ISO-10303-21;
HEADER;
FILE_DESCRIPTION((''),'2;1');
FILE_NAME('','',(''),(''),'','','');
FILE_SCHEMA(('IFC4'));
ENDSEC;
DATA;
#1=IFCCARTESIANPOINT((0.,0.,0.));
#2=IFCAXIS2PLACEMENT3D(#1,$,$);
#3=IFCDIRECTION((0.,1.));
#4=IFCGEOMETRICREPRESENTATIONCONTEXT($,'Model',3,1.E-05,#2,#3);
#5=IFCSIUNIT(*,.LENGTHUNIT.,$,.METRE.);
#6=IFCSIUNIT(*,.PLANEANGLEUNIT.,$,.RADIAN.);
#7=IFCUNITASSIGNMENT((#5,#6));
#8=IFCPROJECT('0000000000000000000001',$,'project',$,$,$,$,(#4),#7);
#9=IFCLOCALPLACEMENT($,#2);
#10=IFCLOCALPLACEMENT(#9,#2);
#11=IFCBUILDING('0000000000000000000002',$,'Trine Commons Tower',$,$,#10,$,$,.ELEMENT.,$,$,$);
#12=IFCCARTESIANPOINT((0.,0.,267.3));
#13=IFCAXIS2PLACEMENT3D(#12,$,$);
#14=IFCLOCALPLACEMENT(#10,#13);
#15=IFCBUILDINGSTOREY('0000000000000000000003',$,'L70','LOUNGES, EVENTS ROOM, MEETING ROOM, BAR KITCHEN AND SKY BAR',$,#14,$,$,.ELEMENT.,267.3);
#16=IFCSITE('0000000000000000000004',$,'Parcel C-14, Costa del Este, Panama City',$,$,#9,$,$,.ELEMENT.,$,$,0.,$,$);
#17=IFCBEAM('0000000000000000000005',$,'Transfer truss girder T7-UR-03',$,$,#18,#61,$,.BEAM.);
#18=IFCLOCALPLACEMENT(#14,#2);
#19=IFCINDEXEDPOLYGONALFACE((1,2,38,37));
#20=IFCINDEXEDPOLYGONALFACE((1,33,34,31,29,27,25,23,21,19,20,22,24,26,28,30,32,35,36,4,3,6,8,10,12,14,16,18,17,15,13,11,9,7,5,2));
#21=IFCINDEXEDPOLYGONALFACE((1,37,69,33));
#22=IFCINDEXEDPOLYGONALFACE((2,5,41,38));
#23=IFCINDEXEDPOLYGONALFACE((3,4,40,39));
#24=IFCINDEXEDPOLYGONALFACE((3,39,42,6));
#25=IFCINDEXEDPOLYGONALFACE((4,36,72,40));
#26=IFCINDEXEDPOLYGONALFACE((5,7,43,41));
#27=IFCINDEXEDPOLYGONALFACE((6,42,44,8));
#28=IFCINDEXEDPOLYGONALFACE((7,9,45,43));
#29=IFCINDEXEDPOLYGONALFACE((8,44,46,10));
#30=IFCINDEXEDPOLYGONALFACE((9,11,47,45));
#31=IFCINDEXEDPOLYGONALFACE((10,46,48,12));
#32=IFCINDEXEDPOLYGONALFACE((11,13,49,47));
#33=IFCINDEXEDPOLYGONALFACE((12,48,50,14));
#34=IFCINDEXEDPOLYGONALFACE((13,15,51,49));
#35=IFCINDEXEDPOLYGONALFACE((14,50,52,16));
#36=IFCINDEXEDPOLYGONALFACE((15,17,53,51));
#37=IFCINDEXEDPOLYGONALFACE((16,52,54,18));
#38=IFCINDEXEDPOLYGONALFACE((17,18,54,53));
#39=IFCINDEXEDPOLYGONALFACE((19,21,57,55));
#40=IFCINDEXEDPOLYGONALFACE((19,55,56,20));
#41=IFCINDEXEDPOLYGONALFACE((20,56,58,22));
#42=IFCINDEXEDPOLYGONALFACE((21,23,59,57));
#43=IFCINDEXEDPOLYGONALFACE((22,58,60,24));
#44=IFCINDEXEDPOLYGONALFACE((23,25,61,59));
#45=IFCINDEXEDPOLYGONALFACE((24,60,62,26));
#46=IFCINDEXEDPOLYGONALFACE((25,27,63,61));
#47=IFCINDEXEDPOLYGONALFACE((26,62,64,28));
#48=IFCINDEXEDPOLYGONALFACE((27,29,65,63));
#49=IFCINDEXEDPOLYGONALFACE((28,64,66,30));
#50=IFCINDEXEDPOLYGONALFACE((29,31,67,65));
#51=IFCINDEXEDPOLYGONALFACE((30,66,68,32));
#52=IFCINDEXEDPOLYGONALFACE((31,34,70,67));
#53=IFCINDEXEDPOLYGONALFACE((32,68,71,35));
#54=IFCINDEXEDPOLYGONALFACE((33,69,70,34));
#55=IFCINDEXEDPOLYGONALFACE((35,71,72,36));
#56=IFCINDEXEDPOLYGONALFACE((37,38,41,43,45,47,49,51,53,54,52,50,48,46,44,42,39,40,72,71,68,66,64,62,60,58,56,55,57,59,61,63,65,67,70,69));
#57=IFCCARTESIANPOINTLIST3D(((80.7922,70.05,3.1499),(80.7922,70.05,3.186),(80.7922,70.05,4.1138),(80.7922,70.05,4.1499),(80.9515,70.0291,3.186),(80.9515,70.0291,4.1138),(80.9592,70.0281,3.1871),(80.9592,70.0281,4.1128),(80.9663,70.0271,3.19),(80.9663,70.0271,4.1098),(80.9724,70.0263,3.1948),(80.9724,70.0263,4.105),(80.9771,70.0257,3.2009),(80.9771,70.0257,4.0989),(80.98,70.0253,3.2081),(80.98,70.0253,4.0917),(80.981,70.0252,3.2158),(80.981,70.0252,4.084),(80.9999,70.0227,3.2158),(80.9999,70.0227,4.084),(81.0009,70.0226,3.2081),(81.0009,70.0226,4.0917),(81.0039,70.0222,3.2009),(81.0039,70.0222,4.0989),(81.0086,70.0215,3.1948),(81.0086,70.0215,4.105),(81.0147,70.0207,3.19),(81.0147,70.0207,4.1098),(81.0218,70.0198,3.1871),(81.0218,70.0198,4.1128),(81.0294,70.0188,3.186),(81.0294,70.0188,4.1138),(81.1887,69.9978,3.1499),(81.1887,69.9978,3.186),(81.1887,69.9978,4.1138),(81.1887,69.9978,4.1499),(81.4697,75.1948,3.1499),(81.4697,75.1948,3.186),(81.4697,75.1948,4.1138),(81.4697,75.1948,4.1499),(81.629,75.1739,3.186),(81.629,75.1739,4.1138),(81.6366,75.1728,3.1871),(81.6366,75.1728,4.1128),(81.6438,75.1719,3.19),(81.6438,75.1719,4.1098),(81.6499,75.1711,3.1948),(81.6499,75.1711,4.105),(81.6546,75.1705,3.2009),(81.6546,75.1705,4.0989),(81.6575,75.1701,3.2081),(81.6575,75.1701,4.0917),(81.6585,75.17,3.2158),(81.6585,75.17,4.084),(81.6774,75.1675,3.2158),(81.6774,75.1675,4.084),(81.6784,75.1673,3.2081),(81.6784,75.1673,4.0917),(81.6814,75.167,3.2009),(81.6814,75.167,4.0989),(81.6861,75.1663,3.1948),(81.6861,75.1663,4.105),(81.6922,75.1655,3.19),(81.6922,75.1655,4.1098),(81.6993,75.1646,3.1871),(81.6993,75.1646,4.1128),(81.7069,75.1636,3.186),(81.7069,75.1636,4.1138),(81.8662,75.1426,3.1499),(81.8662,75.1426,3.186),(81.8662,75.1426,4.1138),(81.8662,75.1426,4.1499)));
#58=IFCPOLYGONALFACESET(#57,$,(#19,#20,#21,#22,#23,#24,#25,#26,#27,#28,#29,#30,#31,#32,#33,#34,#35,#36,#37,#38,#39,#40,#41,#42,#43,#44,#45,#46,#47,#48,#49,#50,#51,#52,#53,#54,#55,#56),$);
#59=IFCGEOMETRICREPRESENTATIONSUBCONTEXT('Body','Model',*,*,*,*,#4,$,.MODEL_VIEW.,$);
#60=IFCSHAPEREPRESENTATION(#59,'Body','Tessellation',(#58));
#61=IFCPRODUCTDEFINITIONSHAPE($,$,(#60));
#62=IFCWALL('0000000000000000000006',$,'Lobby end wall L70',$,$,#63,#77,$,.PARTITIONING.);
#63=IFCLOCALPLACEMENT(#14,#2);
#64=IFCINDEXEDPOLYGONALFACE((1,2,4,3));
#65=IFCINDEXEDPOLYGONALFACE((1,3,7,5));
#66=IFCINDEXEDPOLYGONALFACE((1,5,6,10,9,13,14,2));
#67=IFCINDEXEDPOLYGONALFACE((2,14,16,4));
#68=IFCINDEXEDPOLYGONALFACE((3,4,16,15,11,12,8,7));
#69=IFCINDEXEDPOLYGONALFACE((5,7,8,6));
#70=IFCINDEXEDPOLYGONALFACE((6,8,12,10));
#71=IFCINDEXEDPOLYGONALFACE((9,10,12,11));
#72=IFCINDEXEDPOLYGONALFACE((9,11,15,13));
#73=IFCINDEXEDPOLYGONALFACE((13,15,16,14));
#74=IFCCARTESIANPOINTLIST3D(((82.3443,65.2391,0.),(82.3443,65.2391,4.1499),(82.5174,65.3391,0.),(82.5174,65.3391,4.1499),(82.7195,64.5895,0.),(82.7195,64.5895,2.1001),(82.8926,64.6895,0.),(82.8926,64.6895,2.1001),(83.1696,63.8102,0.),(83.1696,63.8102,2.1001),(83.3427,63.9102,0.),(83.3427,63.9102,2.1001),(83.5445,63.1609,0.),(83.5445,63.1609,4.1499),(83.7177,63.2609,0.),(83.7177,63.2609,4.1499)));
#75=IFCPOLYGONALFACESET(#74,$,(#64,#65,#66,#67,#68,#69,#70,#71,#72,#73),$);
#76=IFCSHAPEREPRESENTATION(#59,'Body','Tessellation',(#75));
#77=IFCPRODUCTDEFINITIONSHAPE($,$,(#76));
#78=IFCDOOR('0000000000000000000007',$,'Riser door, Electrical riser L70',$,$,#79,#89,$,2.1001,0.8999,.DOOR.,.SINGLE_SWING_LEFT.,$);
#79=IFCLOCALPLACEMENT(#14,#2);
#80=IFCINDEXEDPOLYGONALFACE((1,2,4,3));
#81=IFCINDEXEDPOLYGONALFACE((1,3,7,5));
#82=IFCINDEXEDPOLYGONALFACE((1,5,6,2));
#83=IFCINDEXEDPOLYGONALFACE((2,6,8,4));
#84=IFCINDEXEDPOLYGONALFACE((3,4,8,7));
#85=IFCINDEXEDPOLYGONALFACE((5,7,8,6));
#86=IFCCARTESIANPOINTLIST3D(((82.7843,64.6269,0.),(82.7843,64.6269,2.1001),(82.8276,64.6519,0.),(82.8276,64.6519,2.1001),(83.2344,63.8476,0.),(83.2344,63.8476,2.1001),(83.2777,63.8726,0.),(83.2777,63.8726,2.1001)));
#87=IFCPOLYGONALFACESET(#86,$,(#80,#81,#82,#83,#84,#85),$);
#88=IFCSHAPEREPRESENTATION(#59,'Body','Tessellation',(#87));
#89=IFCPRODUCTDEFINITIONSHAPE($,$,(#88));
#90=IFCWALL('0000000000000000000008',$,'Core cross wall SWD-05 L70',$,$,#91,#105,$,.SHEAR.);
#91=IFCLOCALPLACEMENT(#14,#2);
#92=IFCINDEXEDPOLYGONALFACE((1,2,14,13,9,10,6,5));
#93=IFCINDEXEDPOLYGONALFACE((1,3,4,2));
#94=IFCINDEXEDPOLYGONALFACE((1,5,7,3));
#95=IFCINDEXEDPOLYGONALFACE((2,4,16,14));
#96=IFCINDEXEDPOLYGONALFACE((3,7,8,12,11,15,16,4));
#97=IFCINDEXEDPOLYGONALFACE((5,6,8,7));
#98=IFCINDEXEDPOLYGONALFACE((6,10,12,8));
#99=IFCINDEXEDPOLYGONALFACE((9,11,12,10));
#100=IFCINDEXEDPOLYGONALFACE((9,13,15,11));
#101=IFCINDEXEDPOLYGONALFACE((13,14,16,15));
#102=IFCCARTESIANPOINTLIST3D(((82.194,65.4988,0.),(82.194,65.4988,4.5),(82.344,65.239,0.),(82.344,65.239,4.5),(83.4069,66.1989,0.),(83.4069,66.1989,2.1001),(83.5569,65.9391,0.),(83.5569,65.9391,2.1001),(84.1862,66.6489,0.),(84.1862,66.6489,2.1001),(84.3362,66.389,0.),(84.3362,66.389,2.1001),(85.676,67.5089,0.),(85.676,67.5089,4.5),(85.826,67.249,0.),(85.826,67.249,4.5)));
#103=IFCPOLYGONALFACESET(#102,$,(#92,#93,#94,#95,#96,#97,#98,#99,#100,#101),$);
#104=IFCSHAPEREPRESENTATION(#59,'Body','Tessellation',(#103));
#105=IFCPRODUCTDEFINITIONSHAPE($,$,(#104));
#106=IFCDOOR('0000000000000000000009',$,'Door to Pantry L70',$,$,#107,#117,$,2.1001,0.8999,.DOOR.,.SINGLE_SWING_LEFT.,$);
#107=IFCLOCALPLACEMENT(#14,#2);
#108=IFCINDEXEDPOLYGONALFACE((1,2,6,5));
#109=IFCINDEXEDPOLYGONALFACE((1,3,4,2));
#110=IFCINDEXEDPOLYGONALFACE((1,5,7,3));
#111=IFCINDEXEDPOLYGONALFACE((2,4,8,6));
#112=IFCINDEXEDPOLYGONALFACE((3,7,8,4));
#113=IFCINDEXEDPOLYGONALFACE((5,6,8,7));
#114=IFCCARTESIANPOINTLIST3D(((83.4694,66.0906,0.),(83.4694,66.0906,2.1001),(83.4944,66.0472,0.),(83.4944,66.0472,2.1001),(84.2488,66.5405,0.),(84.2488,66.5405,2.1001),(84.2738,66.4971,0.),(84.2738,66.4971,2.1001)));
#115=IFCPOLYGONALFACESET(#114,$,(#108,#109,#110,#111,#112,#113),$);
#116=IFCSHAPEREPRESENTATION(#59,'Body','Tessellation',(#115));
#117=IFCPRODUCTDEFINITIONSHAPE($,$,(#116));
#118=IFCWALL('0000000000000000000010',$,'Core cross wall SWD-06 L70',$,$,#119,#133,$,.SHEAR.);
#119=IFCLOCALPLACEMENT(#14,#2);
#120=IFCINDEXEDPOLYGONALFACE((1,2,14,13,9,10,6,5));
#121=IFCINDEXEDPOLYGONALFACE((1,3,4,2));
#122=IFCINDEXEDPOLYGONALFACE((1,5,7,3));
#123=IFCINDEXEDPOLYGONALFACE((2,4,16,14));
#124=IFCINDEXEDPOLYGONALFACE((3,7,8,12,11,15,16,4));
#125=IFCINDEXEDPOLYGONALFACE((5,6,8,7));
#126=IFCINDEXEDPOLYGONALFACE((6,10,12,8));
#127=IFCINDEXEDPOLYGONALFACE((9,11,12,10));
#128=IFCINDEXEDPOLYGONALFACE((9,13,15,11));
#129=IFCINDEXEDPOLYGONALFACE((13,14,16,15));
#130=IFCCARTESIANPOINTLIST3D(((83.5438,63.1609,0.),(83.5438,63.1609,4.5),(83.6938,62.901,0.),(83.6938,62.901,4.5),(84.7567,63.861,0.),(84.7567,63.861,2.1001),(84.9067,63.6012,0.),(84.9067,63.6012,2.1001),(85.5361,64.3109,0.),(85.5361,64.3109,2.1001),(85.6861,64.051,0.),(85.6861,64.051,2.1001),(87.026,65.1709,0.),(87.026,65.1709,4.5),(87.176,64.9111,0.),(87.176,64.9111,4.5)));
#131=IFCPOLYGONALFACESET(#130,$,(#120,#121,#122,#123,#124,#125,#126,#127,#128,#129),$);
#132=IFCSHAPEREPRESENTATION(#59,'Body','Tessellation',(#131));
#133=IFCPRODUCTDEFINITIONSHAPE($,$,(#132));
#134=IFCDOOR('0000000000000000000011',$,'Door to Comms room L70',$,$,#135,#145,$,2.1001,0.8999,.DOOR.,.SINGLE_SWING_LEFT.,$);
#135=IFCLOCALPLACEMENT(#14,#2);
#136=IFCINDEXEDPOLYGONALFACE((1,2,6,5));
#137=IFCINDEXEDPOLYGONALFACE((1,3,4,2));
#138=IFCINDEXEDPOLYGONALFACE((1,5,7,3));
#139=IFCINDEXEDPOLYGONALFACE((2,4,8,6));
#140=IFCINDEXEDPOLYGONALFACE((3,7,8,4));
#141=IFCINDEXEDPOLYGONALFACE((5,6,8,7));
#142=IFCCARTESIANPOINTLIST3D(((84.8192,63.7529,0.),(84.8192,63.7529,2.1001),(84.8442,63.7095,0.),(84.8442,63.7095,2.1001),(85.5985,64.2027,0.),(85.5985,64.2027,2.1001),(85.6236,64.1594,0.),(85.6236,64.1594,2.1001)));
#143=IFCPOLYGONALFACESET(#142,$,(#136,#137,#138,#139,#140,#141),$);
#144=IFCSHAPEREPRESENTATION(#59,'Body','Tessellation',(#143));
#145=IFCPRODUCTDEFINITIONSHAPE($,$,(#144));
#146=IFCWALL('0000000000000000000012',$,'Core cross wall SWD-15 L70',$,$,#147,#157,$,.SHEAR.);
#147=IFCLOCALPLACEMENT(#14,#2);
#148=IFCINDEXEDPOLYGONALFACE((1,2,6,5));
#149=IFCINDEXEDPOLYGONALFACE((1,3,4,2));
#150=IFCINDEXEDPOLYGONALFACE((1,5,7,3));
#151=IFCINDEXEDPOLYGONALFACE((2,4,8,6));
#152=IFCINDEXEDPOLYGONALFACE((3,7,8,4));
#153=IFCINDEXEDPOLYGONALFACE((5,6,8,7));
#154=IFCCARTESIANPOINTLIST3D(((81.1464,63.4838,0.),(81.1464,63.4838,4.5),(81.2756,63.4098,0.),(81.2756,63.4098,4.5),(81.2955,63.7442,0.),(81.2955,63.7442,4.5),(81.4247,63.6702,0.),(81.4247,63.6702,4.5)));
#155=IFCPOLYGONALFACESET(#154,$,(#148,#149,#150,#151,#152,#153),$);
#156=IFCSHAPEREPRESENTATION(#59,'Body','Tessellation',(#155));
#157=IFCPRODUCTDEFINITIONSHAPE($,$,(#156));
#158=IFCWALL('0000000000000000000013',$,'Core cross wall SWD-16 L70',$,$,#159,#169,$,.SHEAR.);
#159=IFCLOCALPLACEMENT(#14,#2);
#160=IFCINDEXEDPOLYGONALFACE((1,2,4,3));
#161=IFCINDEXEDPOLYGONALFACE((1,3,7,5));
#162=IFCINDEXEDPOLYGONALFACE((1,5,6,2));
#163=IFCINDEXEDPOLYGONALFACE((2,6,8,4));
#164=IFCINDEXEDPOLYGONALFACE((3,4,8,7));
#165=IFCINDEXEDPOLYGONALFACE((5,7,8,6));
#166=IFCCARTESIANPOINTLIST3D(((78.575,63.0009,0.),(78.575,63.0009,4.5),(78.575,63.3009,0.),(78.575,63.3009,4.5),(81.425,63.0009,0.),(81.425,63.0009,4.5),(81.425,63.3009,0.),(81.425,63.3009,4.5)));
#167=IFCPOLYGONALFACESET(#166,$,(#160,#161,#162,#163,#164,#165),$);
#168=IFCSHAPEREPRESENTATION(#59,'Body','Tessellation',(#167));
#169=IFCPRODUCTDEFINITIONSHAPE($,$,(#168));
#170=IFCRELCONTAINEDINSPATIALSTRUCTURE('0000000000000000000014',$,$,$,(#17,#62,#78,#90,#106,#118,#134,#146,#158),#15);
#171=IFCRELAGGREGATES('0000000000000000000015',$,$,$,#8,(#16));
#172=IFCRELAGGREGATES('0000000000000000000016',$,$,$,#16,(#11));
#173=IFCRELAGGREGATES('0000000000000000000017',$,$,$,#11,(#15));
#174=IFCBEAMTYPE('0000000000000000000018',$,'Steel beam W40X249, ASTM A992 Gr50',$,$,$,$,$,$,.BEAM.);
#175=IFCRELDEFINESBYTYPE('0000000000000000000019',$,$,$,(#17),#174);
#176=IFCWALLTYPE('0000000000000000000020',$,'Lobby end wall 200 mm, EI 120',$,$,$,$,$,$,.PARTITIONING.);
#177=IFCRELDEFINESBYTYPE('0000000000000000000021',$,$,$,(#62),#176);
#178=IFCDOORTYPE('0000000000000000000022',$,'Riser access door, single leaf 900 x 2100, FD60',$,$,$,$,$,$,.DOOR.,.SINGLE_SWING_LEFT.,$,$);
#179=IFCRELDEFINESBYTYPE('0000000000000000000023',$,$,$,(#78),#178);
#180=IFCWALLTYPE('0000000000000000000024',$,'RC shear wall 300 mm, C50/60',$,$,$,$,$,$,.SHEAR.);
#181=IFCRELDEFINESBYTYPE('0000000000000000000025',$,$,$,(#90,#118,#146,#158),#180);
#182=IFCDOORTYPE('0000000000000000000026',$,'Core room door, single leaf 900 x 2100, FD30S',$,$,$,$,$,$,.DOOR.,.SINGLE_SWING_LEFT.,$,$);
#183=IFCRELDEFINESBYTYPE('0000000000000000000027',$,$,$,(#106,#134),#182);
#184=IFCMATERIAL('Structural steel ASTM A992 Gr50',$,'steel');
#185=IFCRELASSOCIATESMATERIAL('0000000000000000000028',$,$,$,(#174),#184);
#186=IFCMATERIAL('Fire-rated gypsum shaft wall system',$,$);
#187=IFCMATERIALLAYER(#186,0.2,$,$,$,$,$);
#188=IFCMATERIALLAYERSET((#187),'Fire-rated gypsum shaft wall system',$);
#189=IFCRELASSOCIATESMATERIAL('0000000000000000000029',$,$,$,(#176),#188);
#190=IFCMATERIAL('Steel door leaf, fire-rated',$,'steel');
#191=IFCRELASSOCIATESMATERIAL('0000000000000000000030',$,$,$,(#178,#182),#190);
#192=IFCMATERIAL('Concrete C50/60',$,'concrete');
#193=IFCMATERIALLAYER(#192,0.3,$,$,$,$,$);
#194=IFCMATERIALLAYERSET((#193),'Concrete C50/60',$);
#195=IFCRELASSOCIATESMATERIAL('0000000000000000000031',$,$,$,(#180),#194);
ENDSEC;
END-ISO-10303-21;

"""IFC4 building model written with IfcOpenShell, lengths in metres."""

from ifc_helpers import new_model, si_unit, direction, frame, frame_2d, origin, origin_2d, place, context, subcontext, project, spatial, rectangle, i_section, extrude, material, layer, layer_set, material_profile, profile_set, type_object, element, fill, save


model = new_model("IFC4")

# Units and contexts
model_context = context("Model", 3, precision=1e-05, world=origin(), true_north=direction((0.0, 1.0)))
body_context = subcontext(model_context, "Body", "Model", "MODEL_VIEW")
ifc_project = project(units=[si_unit("LENGTHUNIT", "METRE"), si_unit("PLANEANGLEUNIT", "RADIAN")], contexts=[model_context])

# Site, building, storey
site_placement = place(None, origin())
site = spatial("IfcSite", under=ifc_project, at=site_placement, Name="Parcel C-14, Costa del Este, Panama City", CompositionType="ELEMENT", RefElevation=0.0)
building_placement = place(site_placement, origin())
building = spatial("IfcBuilding", under=site, at=building_placement, Name="Trine Commons Tower", CompositionType="ELEMENT")
storey_placement = place(building_placement, frame((0.0, 0.0, 267.3)))
storey = spatial("IfcBuildingStorey", under=building, at=storey_placement, Name="L70", Description="LOUNGES, EVENTS ROOM, MEETING ROOM, BAR KITCHEN AND SKY BAR", CompositionType="ELEMENT", Elevation=267.3)

# Beam
ifc_material_1 = material(Name="Structural steel ASTM A992 Gr50", Category="steel")
ifc_material_profile = material_profile(ifc_material_1, i_section(OverallWidth=0.3999, OverallDepth=1.0, WebThickness=0.019, FlangeThickness=0.0361, FilletRadius=0.0298, at=origin_2d()), Name="W40X249")
ifc_profile_set = profile_set([ifc_material_profile], Name="Structural steel ASTM A992 Gr50")
beam_type = type_object("IfcBeamType", Name="Steel beam W40X249, ASTM A992 Gr50", PredefinedType="BEAM", material=ifc_profile_set)
beam_placement = place(storey_placement, frame((80.9905, 70.0239, 3.6499), z_axis=(0.130558, 0.991441, 0.0), x_axis=(-0.991441, 0.130558, 0.0)))
element("IfcBeam", 1, at=beam_placement, inside=storey, type_object=beam_type, Name="Transfer truss girder T7-UR-03", PredefinedType="BEAM", context=body_context, shape_type="SweptSolid", body=[
    extrude(i_section(OverallWidth=0.3999, OverallDepth=1.0, WebThickness=0.019, FlangeThickness=0.0361, FilletRadius=0.0298, at=origin_2d()), origin(), (0.0, 0.0, 1.0), 5.1892),
])

# Walls, openings, doors
ifc_material_2 = material(Name="Fire-rated gypsum shaft wall system")
ifc_layer_1 = layer(ifc_material_2, 0.2)
ifc_layer_set_1 = layer_set([ifc_layer_1], Name="Fire-rated gypsum shaft wall system")
wall_type_1 = type_object("IfcWallType", Name="Lobby end wall 200 mm, EI 120", PredefinedType="PARTITIONING", material=ifc_layer_set_1)
wall_1_placement = place(storey_placement, frame((83.6311, 63.2109, 0.0), z_axis=(0.0, 0.0, 1.0), x_axis=(-0.500122, 0.865955, 0.0)))
wall_1 = element("IfcWall", 2, at=wall_1_placement, inside=storey, type_object=wall_type_1, Name="Lobby end wall L70", PredefinedType="PARTITIONING", context=body_context, shape_type="SweptSolid", body=[
    extrude(rectangle(XDim=2.3999, YDim=0.2, at=frame_2d((1.2, 0.0))), origin(), (0.0, 0.0, 1.0), 4.1499),
])
opening_1_placement = place(wall_1_placement, frame((0.7498, 0.0, 0.0)))
opening_1 = element("IfcOpeningElement", 3, at=opening_1_placement, cuts=wall_1, PredefinedType="OPENING", context=body_context, shape_type="SweptSolid", body=[
    extrude(rectangle(XDim=0.8999, YDim=2.1001, at=frame_2d((0.45, 1.05))), frame((0.0, 0.1099, 0.0), z_axis=(0.0, -1.0, 0.0), x_axis=(1.0, 0.0, 0.0)), (0.0, 0.0, 1.0), 0.22),
])
ifc_material_3 = material(Name="Steel door leaf, fire-rated", Category="steel")
door_type_1 = type_object("IfcDoorType", Name="Riser access door, single leaf 900 x 2100, FD60", OperationType="SINGLE_SWING_LEFT", PredefinedType="DOOR", material=ifc_material_3)
door_1_placement = place(opening_1_placement, frame((0.8999, 0.0, 0.0), z_axis=(0.0, 0.0, 1.0), x_axis=(-1.0, 0.0, 0.0)))
door_1 = element("IfcDoor", 4, at=door_1_placement, inside=storey, type_object=door_type_1, Name="Riser door, Electrical riser L70", OperationType="SINGLE_SWING_LEFT", OverallHeight=2.1001, OverallWidth=0.8999, PredefinedType="DOOR", context=body_context, shape_type="SweptSolid", body=[
    extrude(rectangle(XDim=0.8999, YDim=2.1001, at=frame_2d((0.45, 1.05))), frame((0.0, 0.0249, 0.0), z_axis=(0.0, -1.0, 0.0), x_axis=(1.0, 0.0, 0.0)), (0.0, 0.0, 1.0), 0.05),
])
fill(opening_1, door_1)
ifc_material_4 = material(Name="Concrete C50/60", Category="concrete")
ifc_layer_2 = layer(ifc_material_4, 0.3)
ifc_layer_set_2 = layer_set([ifc_layer_2], Name="Concrete C50/60")
wall_type_2 = type_object("IfcWallType", Name="RC shear wall 300 mm, C50/60", PredefinedType="SHEAR", material=ifc_layer_set_2)
wall_2_placement = place(storey_placement, frame((82.269, 65.3689, 0.0), z_axis=(0.0, 0.0, 1.0), x_axis=(0.866056, 0.499947, 0.0)))
wall_2 = element("IfcWall", 5, at=wall_2_placement, inside=storey, type_object=wall_type_2, Name="Core cross wall SWD-05 L70", PredefinedType="SHEAR", context=body_context, shape_type="SweptSolid", body=[
    extrude(rectangle(XDim=4.0205, YDim=0.3, at=frame_2d((2.0103, 0.0))), origin(), (0.0, 0.0, 1.0), 4.5),
])
opening_2_placement = place(wall_2_placement, frame((1.4004, 0.0, 0.0)))
opening_2 = element("IfcOpeningElement", 6, at=opening_2_placement, cuts=wall_2, PredefinedType="OPENING", context=body_context, shape_type="SweptSolid", body=[
    extrude(rectangle(XDim=0.8999, YDim=2.1001, at=frame_2d((0.45, 1.05))), frame((0.0, 0.1599, 0.0), z_axis=(0.0, -1.0, 0.0), x_axis=(1.0, 0.0, 0.0)), (0.0, 0.0, 1.0), 0.3201),
])
door_type_2 = type_object("IfcDoorType", Name="Core room door, single leaf 900 x 2100, FD30S", OperationType="SINGLE_SWING_LEFT", PredefinedType="DOOR", material=ifc_material_3)
door_2_placement = place(opening_2_placement, origin())
door_2 = element("IfcDoor", 7, at=door_2_placement, inside=storey, type_object=door_type_2, Name="Door to Pantry L70", OperationType="SINGLE_SWING_LEFT", OverallHeight=2.1001, OverallWidth=0.8999, PredefinedType="DOOR", context=body_context, shape_type="SweptSolid", body=[
    extrude(rectangle(XDim=0.8999, YDim=2.1001, at=frame_2d((0.45, 1.05))), frame((0.0, 0.0249, 0.0), z_axis=(0.0, -1.0, 0.0), x_axis=(1.0, 0.0, 0.0)), (0.0, 0.0, 1.0), 0.05),
])
fill(opening_2, door_2)
wall_3_placement = place(storey_placement, frame((83.6189, 63.031, 0.0), z_axis=(0.0, 0.0, 1.0), x_axis=(0.866071, 0.49992, 0.0)))
wall_3 = element("IfcWall", 8, at=wall_3_placement, inside=storey, type_object=wall_type_2, Name="Core cross wall SWD-06 L70", PredefinedType="SHEAR", context=body_context, shape_type="SweptSolid", body=[
    extrude(rectangle(XDim=4.0208, YDim=0.3, at=frame_2d((2.0103, 0.0))), origin(), (0.0, 0.0, 1.0), 4.5),
])
opening_3_placement = place(wall_3_placement, frame((1.4004, 0.0, 0.0)))
opening_3 = element("IfcOpeningElement", 9, at=opening_3_placement, cuts=wall_3, PredefinedType="OPENING", context=body_context, shape_type="SweptSolid", body=[
    extrude(rectangle(XDim=0.8999, YDim=2.1001, at=frame_2d((0.45, 1.05))), frame((0.0, 0.1599, 0.0), z_axis=(0.0, -1.0, 0.0), x_axis=(1.0, 0.0, 0.0)), (0.0, 0.0, 1.0), 0.3201),
])
door_3_placement = place(opening_3_placement, frame((0.8999, 0.0, 0.0), z_axis=(0.0, 0.0, 1.0), x_axis=(-1.0, 0.0, 0.0)))
door_3 = element("IfcDoor", 10, at=door_3_placement, inside=storey, type_object=door_type_2, Name="Door to Comms room L70", OperationType="SINGLE_SWING_LEFT", OverallHeight=2.1001, OverallWidth=0.8999, PredefinedType="DOOR", context=body_context, shape_type="SweptSolid", body=[
    extrude(rectangle(XDim=0.8999, YDim=2.1001, at=frame_2d((0.45, 1.05))), frame((0.0, 0.0249, 0.0), z_axis=(0.0, -1.0, 0.0), x_axis=(1.0, 0.0, 0.0)), (0.0, 0.0, 1.0), 0.05),
])
fill(opening_3, door_3)

# Walls
wall_4_placement = place(storey_placement, frame((81.2209, 63.614, 0.0), z_axis=(0.0, 0.0, 1.0), x_axis=(0.867738, -0.497022, 0.0)))
element("IfcWall", 11, at=wall_4_placement, inside=storey, type_object=wall_type_2, Name="Core cross wall SWD-15 L70", PredefinedType="SHEAR", context=body_context, shape_type="SweptSolid", body=[
    extrude(rectangle(XDim=0.1489, YDim=0.3, at=frame_2d((0.0745, 0.0))), origin(), (0.0, 0.0, 1.0), 4.5),
])
wall_5_placement = place(storey_placement, frame((81.425, 63.1509, 0.0), z_axis=(0.0, 0.0, 1.0), x_axis=(-1.0, 0.0, 0.0)))
element("IfcWall", 12, at=wall_5_placement, inside=storey, type_object=wall_type_2, Name="Core cross wall SWD-16 L70", PredefinedType="SHEAR", context=body_context, shape_type="SweptSolid", body=[
    extrude(rectangle(XDim=2.8501, YDim=0.3, at=frame_2d((1.425, 0.0))), origin(), (0.0, 0.0, 1.0), 4.5),
])

save(model, "model.ifc")
